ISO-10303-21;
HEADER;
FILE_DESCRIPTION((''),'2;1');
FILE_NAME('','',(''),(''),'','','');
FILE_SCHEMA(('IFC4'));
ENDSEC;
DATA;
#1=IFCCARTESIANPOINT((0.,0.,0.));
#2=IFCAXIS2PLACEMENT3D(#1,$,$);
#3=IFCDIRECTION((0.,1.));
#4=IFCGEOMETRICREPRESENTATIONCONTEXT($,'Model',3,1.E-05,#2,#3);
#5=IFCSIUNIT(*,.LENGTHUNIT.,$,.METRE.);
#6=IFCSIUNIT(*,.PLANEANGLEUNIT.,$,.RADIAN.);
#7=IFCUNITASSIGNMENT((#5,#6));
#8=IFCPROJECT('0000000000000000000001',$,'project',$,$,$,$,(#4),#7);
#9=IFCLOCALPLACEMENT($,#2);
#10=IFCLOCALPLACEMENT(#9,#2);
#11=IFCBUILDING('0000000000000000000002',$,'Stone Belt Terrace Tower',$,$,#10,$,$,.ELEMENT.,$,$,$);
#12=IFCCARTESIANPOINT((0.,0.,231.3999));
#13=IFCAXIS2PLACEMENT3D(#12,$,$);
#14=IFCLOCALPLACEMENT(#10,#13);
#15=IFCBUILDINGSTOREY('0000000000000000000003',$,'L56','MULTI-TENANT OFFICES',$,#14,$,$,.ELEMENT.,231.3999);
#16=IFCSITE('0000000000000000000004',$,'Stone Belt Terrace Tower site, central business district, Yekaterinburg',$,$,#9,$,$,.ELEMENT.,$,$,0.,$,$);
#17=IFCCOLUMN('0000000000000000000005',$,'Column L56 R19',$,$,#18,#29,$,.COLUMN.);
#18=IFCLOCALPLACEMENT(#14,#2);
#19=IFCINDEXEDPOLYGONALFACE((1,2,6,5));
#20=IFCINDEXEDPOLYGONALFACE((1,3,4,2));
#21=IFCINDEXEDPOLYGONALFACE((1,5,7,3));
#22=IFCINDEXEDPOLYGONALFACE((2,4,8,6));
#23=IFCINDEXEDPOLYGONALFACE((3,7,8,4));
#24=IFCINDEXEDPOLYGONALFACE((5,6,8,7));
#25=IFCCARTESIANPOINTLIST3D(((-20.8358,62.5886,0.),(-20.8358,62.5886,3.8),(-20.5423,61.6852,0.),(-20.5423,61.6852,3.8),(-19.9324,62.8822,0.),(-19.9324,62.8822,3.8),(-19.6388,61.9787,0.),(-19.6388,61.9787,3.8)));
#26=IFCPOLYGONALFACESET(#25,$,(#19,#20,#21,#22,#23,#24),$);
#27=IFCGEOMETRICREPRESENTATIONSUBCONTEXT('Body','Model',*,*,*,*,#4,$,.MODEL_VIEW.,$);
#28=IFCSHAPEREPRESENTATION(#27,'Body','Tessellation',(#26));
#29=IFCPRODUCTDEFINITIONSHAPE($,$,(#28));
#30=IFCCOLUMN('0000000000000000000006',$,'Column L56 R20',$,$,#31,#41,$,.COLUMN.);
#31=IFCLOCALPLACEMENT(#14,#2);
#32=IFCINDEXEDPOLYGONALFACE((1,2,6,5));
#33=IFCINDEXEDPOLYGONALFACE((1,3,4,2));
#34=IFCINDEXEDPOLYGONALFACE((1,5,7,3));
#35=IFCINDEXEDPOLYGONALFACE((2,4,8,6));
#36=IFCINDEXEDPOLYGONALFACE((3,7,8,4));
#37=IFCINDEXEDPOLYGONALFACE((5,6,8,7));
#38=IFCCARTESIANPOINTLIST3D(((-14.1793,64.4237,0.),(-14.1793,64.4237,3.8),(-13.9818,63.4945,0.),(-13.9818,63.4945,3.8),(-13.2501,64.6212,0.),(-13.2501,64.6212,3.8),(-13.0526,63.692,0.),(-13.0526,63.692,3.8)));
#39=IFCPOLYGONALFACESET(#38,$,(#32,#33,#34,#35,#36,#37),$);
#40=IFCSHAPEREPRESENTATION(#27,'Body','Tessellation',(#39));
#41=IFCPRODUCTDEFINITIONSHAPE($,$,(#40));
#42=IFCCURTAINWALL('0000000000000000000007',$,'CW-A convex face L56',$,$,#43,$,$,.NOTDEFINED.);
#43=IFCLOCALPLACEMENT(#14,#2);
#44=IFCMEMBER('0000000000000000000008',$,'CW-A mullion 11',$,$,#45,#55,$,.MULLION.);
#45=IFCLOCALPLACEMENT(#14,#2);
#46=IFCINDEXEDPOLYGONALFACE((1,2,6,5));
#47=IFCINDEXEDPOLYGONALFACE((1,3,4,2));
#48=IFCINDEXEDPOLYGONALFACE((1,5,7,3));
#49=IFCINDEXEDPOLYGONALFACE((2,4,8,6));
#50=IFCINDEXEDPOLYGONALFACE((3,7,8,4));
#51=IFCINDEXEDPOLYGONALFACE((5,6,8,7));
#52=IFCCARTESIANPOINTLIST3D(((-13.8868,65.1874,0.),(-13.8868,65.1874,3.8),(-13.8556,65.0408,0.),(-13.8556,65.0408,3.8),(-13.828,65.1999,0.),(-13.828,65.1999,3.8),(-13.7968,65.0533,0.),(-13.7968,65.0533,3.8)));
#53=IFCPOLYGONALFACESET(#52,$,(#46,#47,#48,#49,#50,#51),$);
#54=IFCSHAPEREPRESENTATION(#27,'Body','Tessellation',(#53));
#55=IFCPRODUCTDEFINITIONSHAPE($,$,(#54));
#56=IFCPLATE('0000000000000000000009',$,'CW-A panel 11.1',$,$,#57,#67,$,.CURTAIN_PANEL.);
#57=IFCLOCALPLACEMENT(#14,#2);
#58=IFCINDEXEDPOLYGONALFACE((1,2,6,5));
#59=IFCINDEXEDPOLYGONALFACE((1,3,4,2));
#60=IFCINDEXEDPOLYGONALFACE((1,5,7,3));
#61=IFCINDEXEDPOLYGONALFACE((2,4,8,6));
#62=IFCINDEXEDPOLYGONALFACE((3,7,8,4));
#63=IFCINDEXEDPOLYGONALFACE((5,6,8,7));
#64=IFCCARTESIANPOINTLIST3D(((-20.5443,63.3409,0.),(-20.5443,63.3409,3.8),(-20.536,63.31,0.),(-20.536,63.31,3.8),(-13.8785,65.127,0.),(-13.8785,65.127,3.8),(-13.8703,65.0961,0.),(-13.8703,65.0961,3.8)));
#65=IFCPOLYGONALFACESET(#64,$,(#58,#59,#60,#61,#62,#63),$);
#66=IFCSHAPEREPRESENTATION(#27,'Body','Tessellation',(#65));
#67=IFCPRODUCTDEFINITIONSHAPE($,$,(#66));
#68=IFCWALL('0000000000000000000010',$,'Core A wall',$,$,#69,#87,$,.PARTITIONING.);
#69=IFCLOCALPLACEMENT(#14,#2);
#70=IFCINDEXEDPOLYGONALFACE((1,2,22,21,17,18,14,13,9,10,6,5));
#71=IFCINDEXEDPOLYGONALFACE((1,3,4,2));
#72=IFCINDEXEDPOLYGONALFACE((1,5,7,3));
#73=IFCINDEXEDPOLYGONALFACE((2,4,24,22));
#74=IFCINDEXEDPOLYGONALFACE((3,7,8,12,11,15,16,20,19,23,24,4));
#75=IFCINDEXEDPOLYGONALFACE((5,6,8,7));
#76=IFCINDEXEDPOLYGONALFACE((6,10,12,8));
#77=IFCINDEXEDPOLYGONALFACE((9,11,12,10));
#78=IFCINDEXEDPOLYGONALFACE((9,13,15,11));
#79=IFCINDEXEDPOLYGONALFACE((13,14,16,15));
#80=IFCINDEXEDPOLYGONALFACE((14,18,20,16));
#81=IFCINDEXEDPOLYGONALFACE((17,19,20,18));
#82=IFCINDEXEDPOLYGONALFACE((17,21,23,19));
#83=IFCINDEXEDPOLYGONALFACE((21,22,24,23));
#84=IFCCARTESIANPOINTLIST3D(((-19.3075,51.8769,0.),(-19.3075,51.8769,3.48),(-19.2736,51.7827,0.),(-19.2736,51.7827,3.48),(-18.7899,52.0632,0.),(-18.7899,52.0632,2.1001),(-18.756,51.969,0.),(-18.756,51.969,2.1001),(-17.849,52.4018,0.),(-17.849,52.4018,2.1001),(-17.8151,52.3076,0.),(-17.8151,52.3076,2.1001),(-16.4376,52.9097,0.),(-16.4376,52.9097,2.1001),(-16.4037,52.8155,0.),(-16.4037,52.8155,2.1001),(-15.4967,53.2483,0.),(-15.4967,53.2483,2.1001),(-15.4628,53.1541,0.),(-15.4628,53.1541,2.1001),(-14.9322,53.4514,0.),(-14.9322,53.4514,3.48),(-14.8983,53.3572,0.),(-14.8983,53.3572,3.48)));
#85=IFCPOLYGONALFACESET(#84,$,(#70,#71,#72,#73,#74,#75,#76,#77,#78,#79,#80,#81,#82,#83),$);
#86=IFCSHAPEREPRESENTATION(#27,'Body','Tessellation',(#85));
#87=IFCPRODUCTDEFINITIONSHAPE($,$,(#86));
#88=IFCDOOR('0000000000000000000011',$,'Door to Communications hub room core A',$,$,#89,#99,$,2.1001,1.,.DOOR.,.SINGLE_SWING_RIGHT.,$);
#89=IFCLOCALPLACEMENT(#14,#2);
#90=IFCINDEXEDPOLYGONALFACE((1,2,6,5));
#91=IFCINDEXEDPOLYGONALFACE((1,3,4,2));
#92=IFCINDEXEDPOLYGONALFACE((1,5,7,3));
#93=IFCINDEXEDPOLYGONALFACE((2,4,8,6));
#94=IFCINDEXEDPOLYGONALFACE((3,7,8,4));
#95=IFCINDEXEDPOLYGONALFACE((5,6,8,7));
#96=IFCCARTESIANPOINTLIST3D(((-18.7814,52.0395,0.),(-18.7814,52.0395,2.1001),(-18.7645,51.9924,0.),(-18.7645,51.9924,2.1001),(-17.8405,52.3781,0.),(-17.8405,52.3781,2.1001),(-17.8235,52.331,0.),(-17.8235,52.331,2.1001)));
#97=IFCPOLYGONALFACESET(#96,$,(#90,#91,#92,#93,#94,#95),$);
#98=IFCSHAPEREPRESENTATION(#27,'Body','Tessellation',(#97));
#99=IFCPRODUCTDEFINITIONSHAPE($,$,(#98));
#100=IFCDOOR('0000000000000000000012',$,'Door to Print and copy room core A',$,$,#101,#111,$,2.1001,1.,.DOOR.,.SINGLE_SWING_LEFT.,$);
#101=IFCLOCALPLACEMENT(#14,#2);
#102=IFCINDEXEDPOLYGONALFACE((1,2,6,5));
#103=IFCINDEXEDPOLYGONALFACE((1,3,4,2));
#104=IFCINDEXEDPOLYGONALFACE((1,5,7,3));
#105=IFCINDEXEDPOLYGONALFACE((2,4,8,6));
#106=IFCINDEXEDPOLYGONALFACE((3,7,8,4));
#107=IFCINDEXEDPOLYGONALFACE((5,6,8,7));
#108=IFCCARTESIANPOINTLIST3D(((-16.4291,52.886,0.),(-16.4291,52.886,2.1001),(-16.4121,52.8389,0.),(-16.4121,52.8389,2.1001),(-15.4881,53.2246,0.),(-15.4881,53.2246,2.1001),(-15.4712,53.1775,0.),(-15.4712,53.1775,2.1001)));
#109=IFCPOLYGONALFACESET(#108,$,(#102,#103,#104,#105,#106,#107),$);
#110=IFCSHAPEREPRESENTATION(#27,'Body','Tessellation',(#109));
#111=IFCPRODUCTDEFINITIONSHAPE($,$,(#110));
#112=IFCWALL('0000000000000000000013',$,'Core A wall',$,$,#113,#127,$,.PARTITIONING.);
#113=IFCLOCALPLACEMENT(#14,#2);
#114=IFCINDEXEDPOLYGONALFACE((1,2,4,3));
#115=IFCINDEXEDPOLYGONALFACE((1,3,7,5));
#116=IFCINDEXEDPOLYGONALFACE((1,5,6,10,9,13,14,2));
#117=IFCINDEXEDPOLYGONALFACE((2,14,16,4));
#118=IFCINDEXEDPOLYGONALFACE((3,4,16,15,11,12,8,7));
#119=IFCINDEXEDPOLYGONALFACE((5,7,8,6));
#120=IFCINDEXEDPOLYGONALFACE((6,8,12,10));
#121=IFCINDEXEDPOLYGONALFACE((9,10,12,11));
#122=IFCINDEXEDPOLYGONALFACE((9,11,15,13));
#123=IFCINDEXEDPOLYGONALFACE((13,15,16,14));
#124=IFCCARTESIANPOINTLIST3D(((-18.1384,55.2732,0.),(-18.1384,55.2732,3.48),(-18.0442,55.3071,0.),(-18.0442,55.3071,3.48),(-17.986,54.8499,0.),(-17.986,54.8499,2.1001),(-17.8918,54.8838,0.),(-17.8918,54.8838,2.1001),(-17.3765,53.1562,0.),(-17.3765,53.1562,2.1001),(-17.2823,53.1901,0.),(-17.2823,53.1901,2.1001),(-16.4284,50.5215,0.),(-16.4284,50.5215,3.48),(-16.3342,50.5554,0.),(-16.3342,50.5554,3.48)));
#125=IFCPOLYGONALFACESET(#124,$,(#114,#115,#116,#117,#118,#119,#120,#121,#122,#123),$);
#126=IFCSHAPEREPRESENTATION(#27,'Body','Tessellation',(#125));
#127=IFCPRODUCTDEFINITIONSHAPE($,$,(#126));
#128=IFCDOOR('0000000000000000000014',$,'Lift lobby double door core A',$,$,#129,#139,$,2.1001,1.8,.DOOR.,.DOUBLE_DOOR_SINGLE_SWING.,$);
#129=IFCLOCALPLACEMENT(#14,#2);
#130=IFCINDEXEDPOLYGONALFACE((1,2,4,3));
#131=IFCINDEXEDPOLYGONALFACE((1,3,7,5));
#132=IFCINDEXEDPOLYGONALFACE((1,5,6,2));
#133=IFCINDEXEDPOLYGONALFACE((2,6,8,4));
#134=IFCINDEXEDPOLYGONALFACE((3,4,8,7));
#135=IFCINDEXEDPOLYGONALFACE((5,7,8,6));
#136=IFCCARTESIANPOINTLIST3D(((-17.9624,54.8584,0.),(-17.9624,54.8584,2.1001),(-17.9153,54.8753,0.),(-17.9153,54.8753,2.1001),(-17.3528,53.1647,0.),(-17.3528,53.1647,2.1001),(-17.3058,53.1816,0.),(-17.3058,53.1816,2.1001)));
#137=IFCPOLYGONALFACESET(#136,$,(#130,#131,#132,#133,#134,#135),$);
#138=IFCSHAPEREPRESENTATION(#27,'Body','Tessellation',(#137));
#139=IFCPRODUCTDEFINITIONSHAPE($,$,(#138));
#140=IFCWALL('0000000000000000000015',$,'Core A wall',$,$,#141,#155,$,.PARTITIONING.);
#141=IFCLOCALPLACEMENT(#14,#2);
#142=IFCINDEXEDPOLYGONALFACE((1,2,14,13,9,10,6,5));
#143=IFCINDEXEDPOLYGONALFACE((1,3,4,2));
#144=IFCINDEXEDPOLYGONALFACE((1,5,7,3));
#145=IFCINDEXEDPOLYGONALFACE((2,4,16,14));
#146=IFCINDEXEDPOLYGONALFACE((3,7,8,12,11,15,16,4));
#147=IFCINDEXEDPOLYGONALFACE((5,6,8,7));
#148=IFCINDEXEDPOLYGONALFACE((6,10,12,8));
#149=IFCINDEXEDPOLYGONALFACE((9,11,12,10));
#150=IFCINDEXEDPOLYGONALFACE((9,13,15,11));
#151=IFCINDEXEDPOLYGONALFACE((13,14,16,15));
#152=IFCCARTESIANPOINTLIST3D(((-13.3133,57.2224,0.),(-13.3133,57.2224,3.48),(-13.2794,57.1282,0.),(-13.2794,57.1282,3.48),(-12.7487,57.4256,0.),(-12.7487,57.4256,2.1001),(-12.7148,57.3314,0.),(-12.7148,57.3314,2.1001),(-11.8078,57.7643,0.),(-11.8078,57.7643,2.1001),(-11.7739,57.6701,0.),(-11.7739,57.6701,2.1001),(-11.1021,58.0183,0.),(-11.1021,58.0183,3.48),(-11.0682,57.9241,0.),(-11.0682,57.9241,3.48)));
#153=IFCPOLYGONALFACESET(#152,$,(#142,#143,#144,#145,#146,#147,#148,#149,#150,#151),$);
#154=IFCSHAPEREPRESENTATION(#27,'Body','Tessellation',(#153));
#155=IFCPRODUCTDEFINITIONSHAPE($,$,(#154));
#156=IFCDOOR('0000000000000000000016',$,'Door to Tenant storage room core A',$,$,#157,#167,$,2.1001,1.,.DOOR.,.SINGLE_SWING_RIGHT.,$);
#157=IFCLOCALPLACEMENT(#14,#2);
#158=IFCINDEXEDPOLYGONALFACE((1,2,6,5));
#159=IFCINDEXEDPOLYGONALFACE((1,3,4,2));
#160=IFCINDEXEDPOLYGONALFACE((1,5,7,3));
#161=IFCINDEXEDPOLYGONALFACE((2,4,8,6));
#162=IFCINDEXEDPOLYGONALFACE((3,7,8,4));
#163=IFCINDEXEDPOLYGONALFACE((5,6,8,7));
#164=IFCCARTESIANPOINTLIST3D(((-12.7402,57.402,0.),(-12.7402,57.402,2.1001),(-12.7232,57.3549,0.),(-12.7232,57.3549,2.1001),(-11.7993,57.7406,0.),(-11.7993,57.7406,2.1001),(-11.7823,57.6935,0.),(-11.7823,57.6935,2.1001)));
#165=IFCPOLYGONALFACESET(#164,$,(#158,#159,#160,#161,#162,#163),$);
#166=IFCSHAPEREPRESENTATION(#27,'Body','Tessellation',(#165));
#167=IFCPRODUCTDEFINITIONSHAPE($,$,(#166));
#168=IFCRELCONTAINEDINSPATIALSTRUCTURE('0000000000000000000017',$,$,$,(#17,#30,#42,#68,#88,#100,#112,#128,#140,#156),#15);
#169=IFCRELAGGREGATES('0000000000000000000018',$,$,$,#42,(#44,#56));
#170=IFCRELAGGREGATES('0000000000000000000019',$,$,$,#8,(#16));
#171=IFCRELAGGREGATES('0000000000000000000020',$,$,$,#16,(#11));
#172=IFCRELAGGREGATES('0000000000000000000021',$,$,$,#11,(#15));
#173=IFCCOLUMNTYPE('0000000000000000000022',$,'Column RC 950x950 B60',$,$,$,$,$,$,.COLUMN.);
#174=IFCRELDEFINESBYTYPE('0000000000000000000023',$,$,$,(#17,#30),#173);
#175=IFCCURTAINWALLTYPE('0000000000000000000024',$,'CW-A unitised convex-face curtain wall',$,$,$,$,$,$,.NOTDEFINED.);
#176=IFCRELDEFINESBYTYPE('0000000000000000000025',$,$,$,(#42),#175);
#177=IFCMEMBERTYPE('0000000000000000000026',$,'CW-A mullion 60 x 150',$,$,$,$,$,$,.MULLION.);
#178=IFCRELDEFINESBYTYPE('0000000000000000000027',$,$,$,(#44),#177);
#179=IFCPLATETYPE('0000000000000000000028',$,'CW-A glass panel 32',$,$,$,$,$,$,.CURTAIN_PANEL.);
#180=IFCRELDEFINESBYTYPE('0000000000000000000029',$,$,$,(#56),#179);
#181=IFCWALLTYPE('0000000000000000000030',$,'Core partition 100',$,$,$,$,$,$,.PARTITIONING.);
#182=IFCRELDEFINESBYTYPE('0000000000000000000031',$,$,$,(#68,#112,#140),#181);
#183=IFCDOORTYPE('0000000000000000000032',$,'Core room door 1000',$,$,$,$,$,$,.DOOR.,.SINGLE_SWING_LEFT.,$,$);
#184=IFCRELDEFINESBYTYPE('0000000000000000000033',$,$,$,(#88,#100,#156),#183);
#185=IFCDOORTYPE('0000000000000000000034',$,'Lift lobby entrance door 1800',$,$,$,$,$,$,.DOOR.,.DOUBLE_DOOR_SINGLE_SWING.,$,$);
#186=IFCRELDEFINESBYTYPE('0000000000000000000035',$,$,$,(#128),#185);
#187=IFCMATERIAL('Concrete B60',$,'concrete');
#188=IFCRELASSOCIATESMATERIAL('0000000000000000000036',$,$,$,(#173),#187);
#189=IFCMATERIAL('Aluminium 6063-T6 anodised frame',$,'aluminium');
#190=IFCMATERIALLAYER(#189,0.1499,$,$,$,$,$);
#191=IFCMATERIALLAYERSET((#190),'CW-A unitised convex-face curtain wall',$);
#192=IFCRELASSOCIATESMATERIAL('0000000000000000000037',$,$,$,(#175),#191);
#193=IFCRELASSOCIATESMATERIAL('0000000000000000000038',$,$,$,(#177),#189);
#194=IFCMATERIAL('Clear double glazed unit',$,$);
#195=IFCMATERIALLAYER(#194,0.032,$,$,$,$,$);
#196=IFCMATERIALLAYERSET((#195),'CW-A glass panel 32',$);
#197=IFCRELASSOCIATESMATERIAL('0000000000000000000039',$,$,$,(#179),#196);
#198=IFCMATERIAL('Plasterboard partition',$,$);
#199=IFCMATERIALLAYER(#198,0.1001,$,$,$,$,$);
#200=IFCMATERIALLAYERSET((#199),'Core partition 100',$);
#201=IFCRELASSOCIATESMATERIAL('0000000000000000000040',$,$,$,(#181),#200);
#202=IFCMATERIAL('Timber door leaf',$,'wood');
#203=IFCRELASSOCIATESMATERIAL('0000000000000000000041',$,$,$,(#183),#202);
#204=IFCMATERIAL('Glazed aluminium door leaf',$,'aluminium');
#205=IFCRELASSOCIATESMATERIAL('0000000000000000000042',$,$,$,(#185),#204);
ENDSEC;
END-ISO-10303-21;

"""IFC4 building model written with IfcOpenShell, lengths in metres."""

from ifc_helpers import new_model, si_unit, direction, frame, frame_2d, origin, origin_2d, place, context, subcontext, project, spatial, rectangle, extrude, material, layer, layer_set, material_profile, profile_set, type_object, element, fill, aggregate, save


model = new_model("IFC4")

# Units and contexts
model_context = context("Model", 3, precision=1e-05, world=origin(), true_north=direction((0.0, 1.0)))
body_context = subcontext(model_context, "Body", "Model", "MODEL_VIEW")
ifc_project = project(units=[si_unit("LENGTHUNIT", "METRE"), si_unit("PLANEANGLEUNIT", "RADIAN")], contexts=[model_context])

# Site, building, storey
site_placement = place(None, origin())
site = spatial("IfcSite", under=ifc_project, at=site_placement, Name="Stone Belt Terrace Tower site, central business district, Yekaterinburg", CompositionType="ELEMENT", RefElevation=0.0)
building_placement = place(site_placement, origin())
building = spatial("IfcBuilding", under=site, at=building_placement, Name="Stone Belt Terrace Tower", CompositionType="ELEMENT")
storey_placement = place(building_placement, frame((0.0, 0.0, 231.3999)))
storey = spatial("IfcBuildingStorey", under=building, at=storey_placement, Name="L56", Description="MULTI-TENANT OFFICES", CompositionType="ELEMENT", Elevation=231.3999)

# Columns
ifc_material_1 = material(Name="Concrete B60", Category="concrete")
ifc_material_profile_1 = material_profile(ifc_material_1, rectangle(XDim=0.95, YDim=0.95, at=origin_2d()), Name="RC 950x950")
ifc_profile_set_1 = profile_set([ifc_material_profile_1], Name="Concrete B60")
column_type = type_object("IfcColumnType", Name="Column RC 950x950 B60", PredefinedType="COLUMN", material=ifc_profile_set_1)
for number, where, z_axis, x_axis, name in (
    (1, (-20.2373, 62.2837, 0.0), (0.0, 0.0, 1.0), (0.951057, 0.309017, 0.0), "Column L56 R19"),
    (2, (-13.616, 64.0579, 0.0), (0.0, 0.0, 1.0), (0.978148, 0.207912, 0.0), "Column L56 R20"),
):
    element("IfcColumn", number, at=place(storey_placement, frame(where, z_axis=z_axis, x_axis=x_axis)), inside=storey, type_object=column_type, Name=name, PredefinedType="COLUMN", context=body_context, shape_type="SweptSolid", body=[
        extrude(rectangle(XDim=0.95, YDim=0.95, at=origin_2d()), origin(), (0.0, 0.0, 1.0), 3.8),
    ])

# Curtain wall, member, plate
ifc_material_2 = material(Name="Aluminium 6063-T6 anodised frame", Category="aluminium")
ifc_layer_1 = layer(ifc_material_2, 0.1499)
ifc_layer_set_1 = layer_set([ifc_layer_1], Name="CW-A unitised convex-face curtain wall")
curtain_wall_type = type_object("IfcCurtainWallType", Name="CW-A unitised convex-face curtain wall", PredefinedType="NOTDEFINED", material=ifc_layer_set_1)
curtain_wall_placement = place(storey_placement, origin())
curtain_wall = element("IfcCurtainWall", 3, at=curtain_wall_placement, inside=storey, type_object=curtain_wall_type, Name="CW-A convex face L56", PredefinedType="NOTDEFINED")
ifc_material_profile_2 = material_profile(ifc_material_2, rectangle(XDim=0.1499, YDim=0.0601, at=origin_2d()), Name="Aluminium 6063-T6 60x150")
ifc_profile_set_2 = profile_set([ifc_material_profile_2], Name="Aluminium 6063-T6 anodised frame")
member_type = type_object("IfcMemberType", Name="CW-A mullion 60 x 150", PredefinedType="MULLION", material=ifc_profile_set_2)
member_placement = place(storey_placement, frame((-13.8418, 65.1204, 0.0), z_axis=(0.0, 0.0, 1.0), x_axis=(0.207912, -0.978148, 0.0)))
member = element("IfcMember", 4, at=member_placement, type_object=member_type, Name="CW-A mullion 11", PredefinedType="MULLION", context=body_context, shape_type="SweptSolid", body=[
    extrude(rectangle(XDim=0.1499, YDim=0.0601, at=origin_2d()), origin(), (0.0, 0.0, 1.0), 3.8),
])
ifc_material_3 = material(Name="Clear double glazed unit")
ifc_layer_2 = layer(ifc_material_3, 0.032)
ifc_layer_set_2 = layer_set([ifc_layer_2], Name="CW-A glass panel 32")
plate_type = type_object("IfcPlateType", Name="CW-A glass panel 32", PredefinedType="CURTAIN_PANEL", material=ifc_layer_set_2)
plate_placement = place(storey_placement, frame((-17.2073, 64.2185, 0.0), z_axis=(0.0, 0.0, 1.0), x_axis=(-0.965926, -0.258819, 0.0)))
plate = element("IfcPlate", 5, at=plate_placement, type_object=plate_type, Name="CW-A panel 11.1", PredefinedType="CURTAIN_PANEL", context=body_context, shape_type="SweptSolid", body=[
    extrude(rectangle(XDim=6.9009, YDim=0.032, at=origin_2d()), origin(), (0.0, 0.0, 1.0), 3.8),
])
aggregate(curtain_wall, [member, plate])

# Wall, openings, doors
ifc_material_4 = material(Name="Plasterboard partition")
ifc_layer_3 = layer(ifc_material_4, 0.1001)
ifc_layer_set_3 = layer_set([ifc_layer_3], Name="Core partition 100")
wall_type_1 = type_object("IfcWallType", Name="Core partition 100", PredefinedType="PARTITIONING", material=ifc_layer_set_3)
wall_1_placement = place(storey_placement, frame((-19.2905, 51.8298, 0.0), z_axis=(0.0, 0.0, 1.0), x_axis=(0.94093, 0.3386, 0.0)))
wall_1 = element("IfcWall", 6, at=wall_1_placement, inside=storey, type_object=wall_type_1, Name="Core A wall", PredefinedType="PARTITIONING", context=body_context, shape_type="SweptSolid", body=[
    extrude(rectangle(XDim=4.6499, YDim=0.1001, at=frame_2d((2.325, 0.0))), origin(), (0.0, 0.0, 1.0), 3.48),
])
opening_1_placement = place(wall_1_placement, frame((0.55, 0.0, 0.0)))
opening_1 = element("IfcOpeningElement", 7, at=opening_1_placement, cuts=wall_1, PredefinedType="OPENING", context=body_context, shape_type="SweptSolid", body=[
    extrude(rectangle(XDim=1.0, YDim=2.1001, at=frame_2d((0.5, 1.05))), frame((0.0, 0.0601, 0.0), z_axis=(0.0, -1.0, 0.0), x_axis=(1.0, 0.0, 0.0)), (0.0, 0.0, 1.0), 0.1201),
])
opening_2_placement = place(wall_1_placement, frame((3.05, 0.0, 0.0)))
opening_2 = element("IfcOpeningElement", 8, at=opening_2_placement, cuts=wall_1, PredefinedType="OPENING", context=body_context, shape_type="SweptSolid", body=[
    extrude(rectangle(XDim=1.0, YDim=2.1001, at=frame_2d((0.5, 1.05))), frame((0.0, 0.0601, 0.0), z_axis=(0.0, -1.0, 0.0), x_axis=(1.0, 0.0, 0.0)), (0.0, 0.0, 1.0), 0.1201),
])
ifc_material_5 = material(Name="Timber door leaf", Category="wood")
door_type_1 = type_object("IfcDoorType", Name="Core room door 1000", OperationType="SINGLE_SWING_LEFT", PredefinedType="DOOR", material=ifc_material_5)
door_1_placement = place(opening_1_placement, origin())
door_1 = element("IfcDoor", 9, at=door_1_placement, inside=storey, type_object=door_type_1, Name="Door to Communications hub room core A", OperationType="SINGLE_SWING_RIGHT", OverallHeight=2.1001, OverallWidth=1.0, PredefinedType="DOOR", context=body_context, shape_type="SweptSolid", body=[
    extrude(rectangle(XDim=1.0, YDim=2.1001, at=frame_2d((0.5, 1.05))), frame((0.0, 0.0249, 0.0), z_axis=(0.0, -1.0, 0.0), x_axis=(1.0, 0.0, 0.0)), (0.0, 0.0, 1.0), 0.05),
])
fill(opening_1, door_1)
door_2_placement = place(opening_2_placement, origin())
door_2 = element("IfcDoor", 10, at=door_2_placement, inside=storey, type_object=door_type_1, Name="Door to Print and copy room core A", OperationType="SINGLE_SWING_LEFT", OverallHeight=2.1001, OverallWidth=1.0, PredefinedType="DOOR", context=body_context, shape_type="SweptSolid", body=[
    extrude(rectangle(XDim=1.0, YDim=2.1001, at=frame_2d((0.5, 1.05))), frame((0.0, 0.0249, 0.0), z_axis=(0.0, -1.0, 0.0), x_axis=(1.0, 0.0, 0.0)), (0.0, 0.0, 1.0), 0.05),
])
fill(opening_2, door_2)

# Walls, openings, doors
wall_2_placement = place(storey_placement, frame((-16.3813, 50.5386, 0.0), z_axis=(0.0, 0.0, 1.0), x_axis=(-0.338605, 0.940929, 0.0)))
wall_2 = element("IfcWall", 11, at=wall_2_placement, inside=storey, type_object=wall_type_1, Name="Core A wall", PredefinedType="PARTITIONING", context=body_context, shape_type="SweptSolid", body=[
    extrude(rectangle(XDim=5.05, YDim=0.1001, at=frame_2d((2.5249, 0.0))), origin(), (0.0, 0.0, 1.0), 3.48),
])
opening_3_placement = place(wall_2_placement, frame((2.8, 0.0, 0.0)))
opening_3 = element("IfcOpeningElement", 12, at=opening_3_placement, cuts=wall_2, PredefinedType="OPENING", context=body_context, shape_type="SweptSolid", body=[
    extrude(rectangle(XDim=1.8, YDim=2.1001, at=frame_2d((0.8999, 1.05))), frame((0.0, 0.0601, 0.0), z_axis=(0.0, -1.0, 0.0), x_axis=(1.0, 0.0, 0.0)), (0.0, 0.0, 1.0), 0.1201),
])
ifc_material_6 = material(Name="Glazed aluminium door leaf", Category="aluminium")
door_type_2 = type_object("IfcDoorType", Name="Lift lobby entrance door 1800", OperationType="DOUBLE_DOOR_SINGLE_SWING", PredefinedType="DOOR", material=ifc_material_6)
door_3_placement = place(opening_3_placement, origin())
door_3 = element("IfcDoor", 13, at=door_3_placement, inside=storey, type_object=door_type_2, Name="Lift lobby double door core A", OperationType="DOUBLE_DOOR_SINGLE_SWING", OverallHeight=2.1001, OverallWidth=1.8, PredefinedType="DOOR", context=body_context, shape_type="SweptSolid", body=[
    extrude(rectangle(XDim=1.8, YDim=2.1001, at=frame_2d((0.8999, 1.05))), frame((0.0, 0.0249, 0.0), z_axis=(0.0, -1.0, 0.0), x_axis=(1.0, 0.0, 0.0)), (0.0, 0.0, 1.0), 0.05),
])
fill(opening_3, door_3)
wall_3_placement = place(storey_placement, frame((-13.2964, 57.1753, 0.0), z_axis=(0.0, 0.0, 1.0), x_axis=(0.940905, 0.338672, 0.0)))
wall_3 = element("IfcWall", 14, at=wall_3_placement, inside=storey, type_object=wall_type_1, Name="Core A wall", PredefinedType="PARTITIONING", context=body_context, shape_type="SweptSolid", body=[
    extrude(rectangle(XDim=2.3501, YDim=0.1001, at=frame_2d((1.175, 0.0))), origin(), (0.0, 0.0, 1.0), 3.48),
])
opening_4_placement = place(wall_3_placement, frame((0.6001, 0.0, 0.0)))
opening_4 = element("IfcOpeningElement", 15, at=opening_4_placement, cuts=wall_3, PredefinedType="OPENING", context=body_context, shape_type="SweptSolid", body=[
    extrude(rectangle(XDim=1.0, YDim=2.1001, at=frame_2d((0.5, 1.05))), frame((0.0, 0.0601, 0.0), z_axis=(0.0, -1.0, 0.0), x_axis=(1.0, 0.0, 0.0)), (0.0, 0.0, 1.0), 0.1201),
])
door_4_placement = place(opening_4_placement, origin())
door_4 = element("IfcDoor", 16, at=door_4_placement, inside=storey, type_object=door_type_1, Name="Door to Tenant storage room core A", OperationType="SINGLE_SWING_RIGHT", OverallHeight=2.1001, OverallWidth=1.0, PredefinedType="DOOR", context=body_context, shape_type="SweptSolid", body=[
    extrude(rectangle(XDim=1.0, YDim=2.1001, at=frame_2d((0.5, 1.05))), frame((0.0, 0.0249, 0.0), z_axis=(0.0, -1.0, 0.0), x_axis=(1.0, 0.0, 0.0)), (0.0, 0.0, 1.0), 0.05),
])
fill(opening_4, door_4)

save(model, "model.ifc")
